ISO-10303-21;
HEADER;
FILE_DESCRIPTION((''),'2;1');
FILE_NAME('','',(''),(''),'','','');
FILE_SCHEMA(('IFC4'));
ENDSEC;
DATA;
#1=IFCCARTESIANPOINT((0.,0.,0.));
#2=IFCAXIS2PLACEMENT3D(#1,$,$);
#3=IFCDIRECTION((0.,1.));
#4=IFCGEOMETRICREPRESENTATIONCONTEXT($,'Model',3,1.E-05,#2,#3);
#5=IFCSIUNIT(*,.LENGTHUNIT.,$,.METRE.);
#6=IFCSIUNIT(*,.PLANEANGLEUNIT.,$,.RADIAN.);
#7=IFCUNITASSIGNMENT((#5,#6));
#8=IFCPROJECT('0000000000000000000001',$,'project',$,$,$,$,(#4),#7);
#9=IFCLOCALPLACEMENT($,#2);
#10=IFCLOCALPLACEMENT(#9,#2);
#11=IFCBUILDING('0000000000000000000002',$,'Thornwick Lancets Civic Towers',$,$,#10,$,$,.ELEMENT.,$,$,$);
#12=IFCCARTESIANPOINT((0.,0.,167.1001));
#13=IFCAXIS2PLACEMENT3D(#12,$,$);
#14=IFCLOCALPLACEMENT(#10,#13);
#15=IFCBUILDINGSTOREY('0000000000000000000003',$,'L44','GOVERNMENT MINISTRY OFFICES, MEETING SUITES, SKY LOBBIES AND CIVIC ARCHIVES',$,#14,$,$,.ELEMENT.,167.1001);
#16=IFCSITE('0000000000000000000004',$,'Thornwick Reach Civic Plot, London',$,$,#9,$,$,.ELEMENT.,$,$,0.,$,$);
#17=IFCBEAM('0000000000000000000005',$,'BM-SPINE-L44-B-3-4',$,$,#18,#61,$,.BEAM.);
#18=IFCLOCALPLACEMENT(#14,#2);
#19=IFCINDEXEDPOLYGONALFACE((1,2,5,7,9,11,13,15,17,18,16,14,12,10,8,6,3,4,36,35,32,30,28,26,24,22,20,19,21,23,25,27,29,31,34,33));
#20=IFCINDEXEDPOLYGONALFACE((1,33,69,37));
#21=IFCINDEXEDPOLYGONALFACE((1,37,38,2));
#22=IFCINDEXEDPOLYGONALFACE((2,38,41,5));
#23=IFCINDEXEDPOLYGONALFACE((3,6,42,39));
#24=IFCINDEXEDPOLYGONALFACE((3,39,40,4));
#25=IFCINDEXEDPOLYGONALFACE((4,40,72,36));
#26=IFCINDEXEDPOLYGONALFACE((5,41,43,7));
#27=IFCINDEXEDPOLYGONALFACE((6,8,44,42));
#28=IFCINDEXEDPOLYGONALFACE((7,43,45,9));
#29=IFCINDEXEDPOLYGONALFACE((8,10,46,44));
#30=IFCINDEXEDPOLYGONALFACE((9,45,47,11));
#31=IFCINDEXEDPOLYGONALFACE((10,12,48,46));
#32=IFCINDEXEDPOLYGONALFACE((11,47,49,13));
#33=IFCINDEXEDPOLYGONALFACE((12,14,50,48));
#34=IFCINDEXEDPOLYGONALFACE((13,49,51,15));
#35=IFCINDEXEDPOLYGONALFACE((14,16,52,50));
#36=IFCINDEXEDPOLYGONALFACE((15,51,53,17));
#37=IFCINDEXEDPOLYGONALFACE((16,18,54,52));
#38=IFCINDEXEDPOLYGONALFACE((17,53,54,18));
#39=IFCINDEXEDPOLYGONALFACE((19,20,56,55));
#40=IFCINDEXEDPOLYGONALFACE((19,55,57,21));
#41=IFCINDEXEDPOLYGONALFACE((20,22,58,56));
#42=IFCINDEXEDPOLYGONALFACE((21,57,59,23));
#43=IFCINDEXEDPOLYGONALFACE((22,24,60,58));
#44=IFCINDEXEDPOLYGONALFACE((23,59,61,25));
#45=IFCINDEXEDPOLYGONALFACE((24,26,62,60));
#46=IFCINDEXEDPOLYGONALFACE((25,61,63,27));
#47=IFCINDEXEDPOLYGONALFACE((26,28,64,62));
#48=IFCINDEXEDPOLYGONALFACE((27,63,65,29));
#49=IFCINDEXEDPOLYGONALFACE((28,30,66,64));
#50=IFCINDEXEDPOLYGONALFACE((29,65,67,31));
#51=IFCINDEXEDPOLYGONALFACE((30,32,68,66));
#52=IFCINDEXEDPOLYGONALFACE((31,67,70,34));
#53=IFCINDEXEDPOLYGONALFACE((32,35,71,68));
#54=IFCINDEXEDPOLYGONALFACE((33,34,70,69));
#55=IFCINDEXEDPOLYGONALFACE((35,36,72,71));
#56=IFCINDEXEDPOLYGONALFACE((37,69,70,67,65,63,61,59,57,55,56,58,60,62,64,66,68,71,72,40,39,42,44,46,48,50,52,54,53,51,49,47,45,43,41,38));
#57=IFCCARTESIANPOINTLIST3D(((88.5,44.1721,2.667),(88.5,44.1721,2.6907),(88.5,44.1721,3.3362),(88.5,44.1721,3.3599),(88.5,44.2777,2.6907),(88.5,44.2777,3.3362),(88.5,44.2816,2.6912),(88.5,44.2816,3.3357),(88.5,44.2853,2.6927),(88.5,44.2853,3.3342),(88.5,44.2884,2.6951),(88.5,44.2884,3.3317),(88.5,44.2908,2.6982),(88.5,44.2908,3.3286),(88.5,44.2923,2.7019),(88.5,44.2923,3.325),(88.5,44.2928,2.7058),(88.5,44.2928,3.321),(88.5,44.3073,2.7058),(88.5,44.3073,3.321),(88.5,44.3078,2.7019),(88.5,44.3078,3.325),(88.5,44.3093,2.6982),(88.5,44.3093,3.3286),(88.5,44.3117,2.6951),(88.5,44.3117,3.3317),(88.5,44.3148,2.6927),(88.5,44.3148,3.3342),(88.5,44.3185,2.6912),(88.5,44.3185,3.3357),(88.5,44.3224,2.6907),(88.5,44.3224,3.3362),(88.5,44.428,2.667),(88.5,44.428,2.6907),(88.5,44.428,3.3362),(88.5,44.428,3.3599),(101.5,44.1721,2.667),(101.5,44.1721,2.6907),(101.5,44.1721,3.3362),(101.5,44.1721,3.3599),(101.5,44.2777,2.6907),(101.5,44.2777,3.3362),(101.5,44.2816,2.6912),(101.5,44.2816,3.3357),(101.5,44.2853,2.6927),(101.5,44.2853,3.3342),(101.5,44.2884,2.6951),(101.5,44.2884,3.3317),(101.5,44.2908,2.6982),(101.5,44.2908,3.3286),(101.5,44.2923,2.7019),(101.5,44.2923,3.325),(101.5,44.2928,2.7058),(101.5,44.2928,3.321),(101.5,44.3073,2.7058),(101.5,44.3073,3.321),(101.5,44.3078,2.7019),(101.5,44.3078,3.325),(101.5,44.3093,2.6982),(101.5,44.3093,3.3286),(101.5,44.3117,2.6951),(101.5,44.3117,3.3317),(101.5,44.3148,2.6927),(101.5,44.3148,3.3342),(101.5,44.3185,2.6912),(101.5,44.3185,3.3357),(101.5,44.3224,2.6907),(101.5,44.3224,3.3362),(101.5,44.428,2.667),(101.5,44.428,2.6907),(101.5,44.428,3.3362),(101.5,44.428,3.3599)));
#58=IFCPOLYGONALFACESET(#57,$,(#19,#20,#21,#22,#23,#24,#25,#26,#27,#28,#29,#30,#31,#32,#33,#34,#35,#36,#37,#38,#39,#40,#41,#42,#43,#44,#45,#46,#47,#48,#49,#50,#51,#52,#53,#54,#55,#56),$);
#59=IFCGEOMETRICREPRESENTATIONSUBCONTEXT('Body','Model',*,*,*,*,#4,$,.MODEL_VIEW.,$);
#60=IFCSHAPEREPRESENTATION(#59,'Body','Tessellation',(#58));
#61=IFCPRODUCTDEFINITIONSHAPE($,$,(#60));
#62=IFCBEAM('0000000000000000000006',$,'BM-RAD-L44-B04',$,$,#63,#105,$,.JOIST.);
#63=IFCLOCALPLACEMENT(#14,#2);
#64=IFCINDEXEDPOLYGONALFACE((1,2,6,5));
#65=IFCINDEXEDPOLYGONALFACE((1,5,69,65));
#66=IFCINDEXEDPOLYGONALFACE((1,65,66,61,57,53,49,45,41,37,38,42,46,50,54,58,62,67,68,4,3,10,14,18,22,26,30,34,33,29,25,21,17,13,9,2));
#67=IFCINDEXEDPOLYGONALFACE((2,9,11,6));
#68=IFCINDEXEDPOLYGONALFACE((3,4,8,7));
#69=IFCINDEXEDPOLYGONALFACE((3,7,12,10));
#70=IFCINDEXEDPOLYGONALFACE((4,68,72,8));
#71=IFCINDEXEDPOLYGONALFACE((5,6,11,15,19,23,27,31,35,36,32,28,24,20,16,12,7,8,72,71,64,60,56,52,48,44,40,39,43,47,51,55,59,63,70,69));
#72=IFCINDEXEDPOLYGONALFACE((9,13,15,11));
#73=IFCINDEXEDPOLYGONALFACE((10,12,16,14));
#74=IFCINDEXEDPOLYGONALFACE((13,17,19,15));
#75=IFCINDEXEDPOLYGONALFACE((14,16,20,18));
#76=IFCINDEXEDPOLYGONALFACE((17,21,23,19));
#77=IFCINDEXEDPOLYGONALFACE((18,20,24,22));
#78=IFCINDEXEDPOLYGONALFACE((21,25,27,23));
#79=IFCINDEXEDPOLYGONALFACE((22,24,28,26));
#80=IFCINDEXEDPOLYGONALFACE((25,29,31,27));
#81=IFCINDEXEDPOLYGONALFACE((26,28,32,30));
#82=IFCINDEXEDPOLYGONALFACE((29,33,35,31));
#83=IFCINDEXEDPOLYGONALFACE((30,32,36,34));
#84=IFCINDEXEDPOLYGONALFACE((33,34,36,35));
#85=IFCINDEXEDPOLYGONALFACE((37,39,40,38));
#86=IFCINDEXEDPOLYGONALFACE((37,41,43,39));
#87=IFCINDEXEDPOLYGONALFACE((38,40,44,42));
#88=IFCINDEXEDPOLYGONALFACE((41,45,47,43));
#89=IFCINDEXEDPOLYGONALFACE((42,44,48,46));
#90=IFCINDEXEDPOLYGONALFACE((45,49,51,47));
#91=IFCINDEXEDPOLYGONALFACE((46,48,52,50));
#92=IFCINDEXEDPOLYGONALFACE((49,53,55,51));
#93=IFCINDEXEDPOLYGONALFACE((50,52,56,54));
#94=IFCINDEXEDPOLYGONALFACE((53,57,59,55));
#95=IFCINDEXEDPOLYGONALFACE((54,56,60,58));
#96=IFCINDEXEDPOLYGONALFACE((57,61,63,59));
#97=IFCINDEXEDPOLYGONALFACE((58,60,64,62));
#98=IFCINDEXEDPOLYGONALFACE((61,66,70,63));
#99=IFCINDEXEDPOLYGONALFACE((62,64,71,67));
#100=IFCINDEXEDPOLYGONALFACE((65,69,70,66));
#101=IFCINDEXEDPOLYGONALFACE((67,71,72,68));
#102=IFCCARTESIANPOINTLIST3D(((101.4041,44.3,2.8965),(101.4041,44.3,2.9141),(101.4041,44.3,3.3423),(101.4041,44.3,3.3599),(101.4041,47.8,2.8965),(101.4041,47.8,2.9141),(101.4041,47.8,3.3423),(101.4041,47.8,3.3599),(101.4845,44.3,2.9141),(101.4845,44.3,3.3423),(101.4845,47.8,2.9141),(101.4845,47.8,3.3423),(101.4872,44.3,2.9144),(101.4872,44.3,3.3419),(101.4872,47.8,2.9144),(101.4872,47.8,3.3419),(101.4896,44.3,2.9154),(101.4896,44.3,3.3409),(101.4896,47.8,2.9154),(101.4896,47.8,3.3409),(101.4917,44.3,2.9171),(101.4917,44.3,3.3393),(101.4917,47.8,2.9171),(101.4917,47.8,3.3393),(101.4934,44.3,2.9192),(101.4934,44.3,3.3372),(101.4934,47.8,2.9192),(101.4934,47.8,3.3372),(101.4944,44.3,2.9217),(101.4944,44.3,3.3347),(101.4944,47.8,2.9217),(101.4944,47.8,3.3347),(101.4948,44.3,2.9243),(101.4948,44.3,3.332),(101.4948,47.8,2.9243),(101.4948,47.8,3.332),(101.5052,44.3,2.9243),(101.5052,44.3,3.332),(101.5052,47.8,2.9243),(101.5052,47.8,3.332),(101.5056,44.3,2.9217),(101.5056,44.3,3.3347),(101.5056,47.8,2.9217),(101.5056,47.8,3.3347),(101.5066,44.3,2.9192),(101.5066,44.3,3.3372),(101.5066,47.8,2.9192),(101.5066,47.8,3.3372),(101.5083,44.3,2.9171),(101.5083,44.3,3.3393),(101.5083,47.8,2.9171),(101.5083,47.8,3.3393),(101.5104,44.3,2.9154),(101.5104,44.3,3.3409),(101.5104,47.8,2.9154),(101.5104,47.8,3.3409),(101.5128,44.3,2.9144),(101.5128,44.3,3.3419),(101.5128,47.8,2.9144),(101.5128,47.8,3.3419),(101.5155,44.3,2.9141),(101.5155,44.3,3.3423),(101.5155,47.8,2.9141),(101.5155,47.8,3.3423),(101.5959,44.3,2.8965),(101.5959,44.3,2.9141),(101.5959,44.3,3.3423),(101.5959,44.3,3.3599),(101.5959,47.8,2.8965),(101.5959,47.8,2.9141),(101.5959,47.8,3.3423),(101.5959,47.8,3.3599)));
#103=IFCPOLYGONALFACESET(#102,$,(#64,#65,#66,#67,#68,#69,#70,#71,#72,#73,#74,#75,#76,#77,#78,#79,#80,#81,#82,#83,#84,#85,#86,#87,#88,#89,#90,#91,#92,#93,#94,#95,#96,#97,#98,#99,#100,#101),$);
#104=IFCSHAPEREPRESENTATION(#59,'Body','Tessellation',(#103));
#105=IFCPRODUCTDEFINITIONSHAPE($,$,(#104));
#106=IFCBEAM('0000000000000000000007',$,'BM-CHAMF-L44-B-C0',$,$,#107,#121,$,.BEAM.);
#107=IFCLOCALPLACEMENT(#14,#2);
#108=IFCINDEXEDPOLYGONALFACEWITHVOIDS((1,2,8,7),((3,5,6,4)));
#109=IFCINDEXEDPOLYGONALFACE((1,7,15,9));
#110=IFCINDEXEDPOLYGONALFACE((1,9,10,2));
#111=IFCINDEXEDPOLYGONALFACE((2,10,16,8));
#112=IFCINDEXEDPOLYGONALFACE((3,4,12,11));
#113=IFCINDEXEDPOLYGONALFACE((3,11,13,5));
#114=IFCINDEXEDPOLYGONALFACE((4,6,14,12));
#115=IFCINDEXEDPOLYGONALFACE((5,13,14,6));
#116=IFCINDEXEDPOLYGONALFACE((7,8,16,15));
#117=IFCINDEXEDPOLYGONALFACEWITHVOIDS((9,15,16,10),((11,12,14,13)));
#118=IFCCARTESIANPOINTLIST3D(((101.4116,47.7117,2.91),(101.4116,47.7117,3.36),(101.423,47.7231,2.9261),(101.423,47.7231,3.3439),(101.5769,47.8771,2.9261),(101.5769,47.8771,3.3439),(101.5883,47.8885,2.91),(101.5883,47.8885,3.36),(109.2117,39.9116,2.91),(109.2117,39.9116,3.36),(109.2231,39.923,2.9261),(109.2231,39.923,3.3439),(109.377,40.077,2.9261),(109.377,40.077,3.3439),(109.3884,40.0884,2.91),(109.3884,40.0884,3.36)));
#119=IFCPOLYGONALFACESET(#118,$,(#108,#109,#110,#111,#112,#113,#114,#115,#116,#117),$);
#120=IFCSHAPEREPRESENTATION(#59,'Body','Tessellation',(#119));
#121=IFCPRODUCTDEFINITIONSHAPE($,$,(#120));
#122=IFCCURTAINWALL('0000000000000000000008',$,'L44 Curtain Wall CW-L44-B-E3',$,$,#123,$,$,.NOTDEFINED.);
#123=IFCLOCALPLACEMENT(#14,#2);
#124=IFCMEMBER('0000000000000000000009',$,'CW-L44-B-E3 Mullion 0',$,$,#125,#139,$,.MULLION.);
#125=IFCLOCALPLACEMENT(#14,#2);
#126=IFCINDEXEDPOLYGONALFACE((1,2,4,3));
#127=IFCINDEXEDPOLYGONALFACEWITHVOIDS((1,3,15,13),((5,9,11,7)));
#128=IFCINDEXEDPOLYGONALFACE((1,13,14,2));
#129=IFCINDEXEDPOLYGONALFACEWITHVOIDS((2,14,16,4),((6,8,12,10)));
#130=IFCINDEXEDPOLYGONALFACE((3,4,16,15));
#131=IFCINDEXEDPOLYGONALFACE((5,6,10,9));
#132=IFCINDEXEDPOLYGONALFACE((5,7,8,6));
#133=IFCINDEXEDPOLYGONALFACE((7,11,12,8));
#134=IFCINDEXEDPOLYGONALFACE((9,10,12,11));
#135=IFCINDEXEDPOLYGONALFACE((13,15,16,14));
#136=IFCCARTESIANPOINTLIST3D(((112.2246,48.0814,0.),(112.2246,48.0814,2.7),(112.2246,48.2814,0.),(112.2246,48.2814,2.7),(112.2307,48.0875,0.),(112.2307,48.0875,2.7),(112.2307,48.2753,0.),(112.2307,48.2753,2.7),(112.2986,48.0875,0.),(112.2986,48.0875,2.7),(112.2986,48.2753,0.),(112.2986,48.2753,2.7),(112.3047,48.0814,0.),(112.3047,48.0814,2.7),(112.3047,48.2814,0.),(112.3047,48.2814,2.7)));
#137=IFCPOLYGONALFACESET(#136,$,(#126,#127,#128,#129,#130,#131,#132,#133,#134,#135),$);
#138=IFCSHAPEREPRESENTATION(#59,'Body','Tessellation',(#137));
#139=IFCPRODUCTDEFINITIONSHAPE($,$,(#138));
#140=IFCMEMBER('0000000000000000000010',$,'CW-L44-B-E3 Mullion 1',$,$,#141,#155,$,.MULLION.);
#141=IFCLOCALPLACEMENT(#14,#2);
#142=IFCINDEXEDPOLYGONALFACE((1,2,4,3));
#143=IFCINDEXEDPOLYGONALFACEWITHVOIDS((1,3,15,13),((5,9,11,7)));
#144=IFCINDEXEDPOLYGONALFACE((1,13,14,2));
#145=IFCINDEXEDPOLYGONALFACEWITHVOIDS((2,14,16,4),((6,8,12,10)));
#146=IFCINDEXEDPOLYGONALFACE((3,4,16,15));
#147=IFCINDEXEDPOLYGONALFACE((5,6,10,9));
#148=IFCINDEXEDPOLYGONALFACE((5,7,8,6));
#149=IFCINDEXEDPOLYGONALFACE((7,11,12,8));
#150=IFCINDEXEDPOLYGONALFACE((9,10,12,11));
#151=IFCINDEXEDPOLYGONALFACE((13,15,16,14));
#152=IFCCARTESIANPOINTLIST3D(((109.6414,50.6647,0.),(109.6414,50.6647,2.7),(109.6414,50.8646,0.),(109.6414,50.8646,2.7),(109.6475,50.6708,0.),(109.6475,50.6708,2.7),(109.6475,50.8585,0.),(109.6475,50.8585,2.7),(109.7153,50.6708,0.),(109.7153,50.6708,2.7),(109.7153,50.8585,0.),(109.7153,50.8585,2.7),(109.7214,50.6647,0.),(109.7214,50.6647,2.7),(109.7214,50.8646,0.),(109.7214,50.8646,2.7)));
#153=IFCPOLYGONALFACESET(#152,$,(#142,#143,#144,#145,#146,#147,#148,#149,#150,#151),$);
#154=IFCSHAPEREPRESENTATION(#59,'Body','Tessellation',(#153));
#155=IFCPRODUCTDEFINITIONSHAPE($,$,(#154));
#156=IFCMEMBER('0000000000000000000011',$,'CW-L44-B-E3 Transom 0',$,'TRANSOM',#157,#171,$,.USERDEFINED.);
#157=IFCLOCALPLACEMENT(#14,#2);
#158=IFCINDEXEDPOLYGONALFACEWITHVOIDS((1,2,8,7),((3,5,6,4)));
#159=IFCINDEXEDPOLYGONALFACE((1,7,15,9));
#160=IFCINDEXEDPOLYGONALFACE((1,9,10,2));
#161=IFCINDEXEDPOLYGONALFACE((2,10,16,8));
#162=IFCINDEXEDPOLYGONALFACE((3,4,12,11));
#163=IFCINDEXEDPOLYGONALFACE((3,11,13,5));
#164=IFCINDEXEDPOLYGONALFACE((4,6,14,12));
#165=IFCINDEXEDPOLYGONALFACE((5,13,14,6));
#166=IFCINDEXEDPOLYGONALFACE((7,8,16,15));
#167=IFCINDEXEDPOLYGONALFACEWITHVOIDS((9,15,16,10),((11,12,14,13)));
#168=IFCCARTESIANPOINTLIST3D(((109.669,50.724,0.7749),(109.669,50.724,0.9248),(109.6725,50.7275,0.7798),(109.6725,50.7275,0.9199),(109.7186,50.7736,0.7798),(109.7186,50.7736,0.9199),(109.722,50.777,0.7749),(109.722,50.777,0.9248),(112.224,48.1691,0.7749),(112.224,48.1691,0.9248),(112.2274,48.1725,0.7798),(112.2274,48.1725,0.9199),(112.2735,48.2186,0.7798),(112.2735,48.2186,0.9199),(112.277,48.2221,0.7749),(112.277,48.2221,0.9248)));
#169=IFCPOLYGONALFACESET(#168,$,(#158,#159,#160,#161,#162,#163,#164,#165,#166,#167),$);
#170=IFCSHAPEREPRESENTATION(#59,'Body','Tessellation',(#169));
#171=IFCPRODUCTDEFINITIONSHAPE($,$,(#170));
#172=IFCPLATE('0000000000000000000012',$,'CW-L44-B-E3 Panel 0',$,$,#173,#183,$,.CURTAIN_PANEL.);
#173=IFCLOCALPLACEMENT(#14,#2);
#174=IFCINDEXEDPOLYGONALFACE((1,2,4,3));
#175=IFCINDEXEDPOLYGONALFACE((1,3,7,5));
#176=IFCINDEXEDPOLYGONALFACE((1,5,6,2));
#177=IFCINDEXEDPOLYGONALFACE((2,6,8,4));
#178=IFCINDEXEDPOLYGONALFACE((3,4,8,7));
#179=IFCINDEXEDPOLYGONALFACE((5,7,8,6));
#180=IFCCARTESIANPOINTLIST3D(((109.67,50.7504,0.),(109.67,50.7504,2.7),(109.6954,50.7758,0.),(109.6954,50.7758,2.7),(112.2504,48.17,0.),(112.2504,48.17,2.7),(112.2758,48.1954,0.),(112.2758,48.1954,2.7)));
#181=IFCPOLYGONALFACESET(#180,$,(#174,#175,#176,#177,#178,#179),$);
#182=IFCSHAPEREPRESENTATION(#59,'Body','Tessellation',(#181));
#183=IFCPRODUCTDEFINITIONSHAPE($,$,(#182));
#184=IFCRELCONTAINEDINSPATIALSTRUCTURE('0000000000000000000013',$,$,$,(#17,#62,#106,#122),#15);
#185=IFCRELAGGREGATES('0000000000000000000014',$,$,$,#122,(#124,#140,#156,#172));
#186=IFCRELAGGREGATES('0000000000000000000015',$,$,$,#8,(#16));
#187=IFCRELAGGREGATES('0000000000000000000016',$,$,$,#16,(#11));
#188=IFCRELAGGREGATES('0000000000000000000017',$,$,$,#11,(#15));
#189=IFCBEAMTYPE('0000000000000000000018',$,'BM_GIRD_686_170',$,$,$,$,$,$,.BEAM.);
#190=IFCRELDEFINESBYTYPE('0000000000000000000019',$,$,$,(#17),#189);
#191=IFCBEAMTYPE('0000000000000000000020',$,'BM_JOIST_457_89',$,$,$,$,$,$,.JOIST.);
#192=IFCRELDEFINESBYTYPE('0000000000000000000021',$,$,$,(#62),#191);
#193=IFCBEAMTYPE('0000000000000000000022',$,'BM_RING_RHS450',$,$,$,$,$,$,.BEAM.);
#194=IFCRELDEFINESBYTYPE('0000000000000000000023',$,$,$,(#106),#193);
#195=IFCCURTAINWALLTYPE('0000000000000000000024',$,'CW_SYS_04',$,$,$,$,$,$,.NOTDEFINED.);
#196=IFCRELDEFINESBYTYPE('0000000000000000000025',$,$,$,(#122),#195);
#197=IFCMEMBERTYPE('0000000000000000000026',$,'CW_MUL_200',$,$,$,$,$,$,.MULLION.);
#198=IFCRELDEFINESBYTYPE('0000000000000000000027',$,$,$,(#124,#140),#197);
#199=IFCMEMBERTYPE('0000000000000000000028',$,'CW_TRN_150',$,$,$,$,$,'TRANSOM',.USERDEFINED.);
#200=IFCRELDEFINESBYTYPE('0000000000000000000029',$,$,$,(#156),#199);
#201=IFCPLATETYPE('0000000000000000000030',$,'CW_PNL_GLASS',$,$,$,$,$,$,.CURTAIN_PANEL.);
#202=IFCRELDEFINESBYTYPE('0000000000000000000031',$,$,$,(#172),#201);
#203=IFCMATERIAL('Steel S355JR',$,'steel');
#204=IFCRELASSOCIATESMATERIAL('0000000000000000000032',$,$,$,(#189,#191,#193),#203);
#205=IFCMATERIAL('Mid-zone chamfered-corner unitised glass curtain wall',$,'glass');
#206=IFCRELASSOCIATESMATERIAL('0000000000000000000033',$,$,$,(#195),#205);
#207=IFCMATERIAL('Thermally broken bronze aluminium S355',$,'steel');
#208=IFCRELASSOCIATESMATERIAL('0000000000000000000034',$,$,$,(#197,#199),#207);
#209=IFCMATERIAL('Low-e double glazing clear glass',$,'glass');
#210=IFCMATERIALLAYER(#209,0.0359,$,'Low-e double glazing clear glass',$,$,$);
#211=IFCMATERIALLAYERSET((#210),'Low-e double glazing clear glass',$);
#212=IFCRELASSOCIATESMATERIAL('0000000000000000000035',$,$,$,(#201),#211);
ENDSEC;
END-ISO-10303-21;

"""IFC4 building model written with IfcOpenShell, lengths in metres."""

from ifc_helpers import new_model, si_unit, direction, frame, origin, origin_2d, place, context, subcontext, project, spatial, rectangle, hollow_rectangle, i_section, extrude, material, layer, layer_set, material_profile, profile_set, type_object, element, aggregate, save


model = new_model("IFC4")

# Units and contexts
model_context = context("Model", 3, precision=1e-05, world=origin(), true_north=direction((0.0, 1.0)))
body_context = subcontext(model_context, "Body", "Model", "MODEL_VIEW")
ifc_project = project(units=[si_unit("LENGTHUNIT", "METRE"), si_unit("PLANEANGLEUNIT", "RADIAN")], contexts=[model_context])

# Site, building, storey
site_placement = place(None, origin())
site = spatial("IfcSite", under=ifc_project, at=site_placement, Name="Thornwick Reach Civic Plot, London", CompositionType="ELEMENT", RefElevation=0.0)
building_placement = place(site_placement, origin())
building = spatial("IfcBuilding", under=site, at=building_placement, Name="Thornwick Lancets Civic Towers", CompositionType="ELEMENT")
storey_placement = place(building_placement, frame((0.0, 0.0, 167.1001)))
storey = spatial("IfcBuildingStorey", under=building, at=storey_placement, Name="L44", Description="GOVERNMENT MINISTRY OFFICES, MEETING SUITES, SKY LOBBIES AND CIVIC ARCHIVES", CompositionType="ELEMENT", Elevation=167.1001)

# Beams
ifc_material_1 = material(Name="Steel S355JR", Category="steel")
ifc_material_profile_1 = material_profile(ifc_material_1, i_section(OverallWidth=0.2559, OverallDepth=0.6929, WebThickness=0.0144, FlangeThickness=0.0237, FilletRadius=0.0151, at=origin_2d()), Name="UKB 686x254x170")
ifc_profile_set_1 = profile_set([ifc_material_profile_1], Name="Steel S355JR")
beam_type_1 = type_object("IfcBeamType", Name="BM_GIRD_686_170", PredefinedType="BEAM", material=ifc_profile_set_1)
beam_1_placement = place(storey_placement, frame((101.5, 44.3, 3.0134), z_axis=(-1.0, 0.0, 0.0), x_axis=(0.0, -1.0, 0.0)))
element("IfcBeam", 1, at=beam_1_placement, inside=storey, type_object=beam_type_1, Name="BM-SPINE-L44-B-3-4", PredefinedType="BEAM", context=body_context, shape_type="SweptSolid", body=[
    extrude(i_section(OverallWidth=0.2559, OverallDepth=0.6929, WebThickness=0.0144, FlangeThickness=0.0237, FilletRadius=0.0151, at=origin_2d()), origin(), (0.0, 0.0, 1.0), 13.0),
])
ifc_material_profile_2 = material_profile(ifc_material_1, i_section(OverallWidth=0.1919, OverallDepth=0.4634, WebThickness=0.0105, FlangeThickness=0.0176, FilletRadius=0.0103, at=origin_2d()), Name="UKB 457x191x89")
ifc_profile_set_2 = profile_set([ifc_material_profile_2], Name="Steel S355JR")
beam_type_2 = type_object("IfcBeamType", Name="BM_JOIST_457_89", PredefinedType="JOIST", material=ifc_profile_set_2)
beam_2_placement = place(storey_placement, frame((101.5, 44.3, 3.1282), z_axis=(0.0, 1.0, 0.0), x_axis=(-1.0, 0.0, 0.0)))
element("IfcBeam", 2, at=beam_2_placement, inside=storey, type_object=beam_type_2, Name="BM-RAD-L44-B04", PredefinedType="JOIST", context=body_context, shape_type="SweptSolid", body=[
    extrude(i_section(OverallWidth=0.1919, OverallDepth=0.4634, WebThickness=0.0105, FlangeThickness=0.0176, FilletRadius=0.0103, at=origin_2d()), origin(), (0.0, 0.0, 1.0), 3.5),
])
ifc_material_profile_3 = material_profile(ifc_material_1, hollow_rectangle(XDim=0.25, YDim=0.45, WallThickness=0.0161, at=origin_2d()), Name="RHS 450x250x16")
ifc_profile_set_3 = profile_set([ifc_material_profile_3], Name="Steel S355JR")
beam_type_3 = type_object("IfcBeamType", Name="BM_RING_RHS450", PredefinedType="BEAM", material=ifc_profile_set_3)
beam_3_placement = place(storey_placement, frame((109.3, 40.0, 3.135), z_axis=(-0.707107, 0.707107, 0.0), x_axis=(-0.707107, -0.707107, 0.0)))
element("IfcBeam", 3, at=beam_3_placement, inside=storey, type_object=beam_type_3, Name="BM-CHAMF-L44-B-C0", PredefinedType="BEAM", context=body_context, shape_type="SweptSolid", body=[
    extrude(hollow_rectangle(XDim=0.25, YDim=0.45, WallThickness=0.0161, at=origin_2d()), origin(), (0.0, 0.0, 1.0), 11.031),
])

# Curtain wall, members, plate
ifc_material_2 = material(Name="Mid-zone chamfered-corner unitised glass curtain wall", Category="glass")
curtain_wall_type = type_object("IfcCurtainWallType", Name="CW_SYS_04", PredefinedType="NOTDEFINED", material=ifc_material_2)
curtain_wall_placement = place(storey_placement, origin())
curtain_wall = element("IfcCurtainWall", 4, at=curtain_wall_placement, inside=storey, type_object=curtain_wall_type, Name="L44 Curtain Wall CW-L44-B-E3", PredefinedType="NOTDEFINED")
ifc_material_3 = material(Name="Thermally broken bronze aluminium S355", Category="steel")
ifc_material_profile_4 = material_profile(ifc_material_3, hollow_rectangle(XDim=0.0801, YDim=0.2, WallThickness=0.0061, at=origin_2d()), Name="RHS 200x80x6")
ifc_profile_set_4 = profile_set([ifc_material_profile_4], Name="Thermally broken bronze aluminium S355")
member_type_1 = type_object("IfcMemberType", Name="CW_MUL_200", PredefinedType="MULLION", material=ifc_profile_set_4)
member_1_placement = place(storey_placement, frame((112.2646, 48.1814, 0.0), z_axis=(0.0, 0.0, 1.0), x_axis=(1.0, 0.0, 0.0)))
member_1 = element("IfcMember", 5, at=member_1_placement, type_object=member_type_1, Name="CW-L44-B-E3 Mullion 0", PredefinedType="MULLION", context=body_context, shape_type="SweptSolid", body=[
    extrude(hollow_rectangle(XDim=0.0801, YDim=0.2, WallThickness=0.0061, at=origin_2d()), origin(), (0.0, 0.0, 1.0), 2.7),
])
member_2_placement = place(storey_placement, frame((109.6814, 50.7646, 0.0), z_axis=(0.0, 0.0, 1.0), x_axis=(1.0, 0.0, 0.0)))
member_2 = element("IfcMember", 6, at=member_2_placement, type_object=member_type_1, Name="CW-L44-B-E3 Mullion 1", PredefinedType="MULLION", context=body_context, shape_type="SweptSolid", body=[
    extrude(hollow_rectangle(XDim=0.0801, YDim=0.2, WallThickness=0.0061, at=origin_2d()), origin(), (0.0, 0.0, 1.0), 2.7),
])
ifc_material_profile_5 = material_profile(ifc_material_3, hollow_rectangle(XDim=0.075, YDim=0.1499, WallThickness=0.0049, at=origin_2d()), Name="RHS 150x75x5")
ifc_profile_set_5 = profile_set([ifc_material_profile_5], Name="Thermally broken bronze aluminium S355")
member_type_2 = type_object("IfcMemberType", Name="CW_TRN_150", ElementType="TRANSOM", PredefinedType="USERDEFINED", material=ifc_profile_set_5)
member_3_placement = place(storey_placement, frame((112.2505, 48.1956, 0.8499), z_axis=(-0.707107, 0.707107, 0.0), x_axis=(-0.707107, -0.707107, 0.0)))
member_3 = element("IfcMember", 7, at=member_3_placement, type_object=member_type_2, Name="CW-L44-B-E3 Transom 0", ObjectType="TRANSOM", PredefinedType="USERDEFINED", context=body_context, shape_type="SweptSolid", body=[
    extrude(hollow_rectangle(XDim=0.075, YDim=0.1499, WallThickness=0.0049, at=origin_2d()), origin(), (0.0, 0.0, 1.0), 3.6133),
])
ifc_material_4 = material(Name="Low-e double glazing clear glass", Category="glass")
ifc_layer_1 = layer(ifc_material_4, 0.0359, Name="Low-e double glazing clear glass")
ifc_layer_set_1 = layer_set([ifc_layer_1], Name="Low-e double glazing clear glass")
plate_type = type_object("IfcPlateType", Name="CW_PNL_GLASS", PredefinedType="CURTAIN_PANEL", material=ifc_layer_set_1)
plate_placement = place(storey_placement, frame((110.9729, 49.4729, 0.0), z_axis=(0.0, 0.0, 1.0), x_axis=(-0.707107, 0.707107, 0.0)))
plate = element("IfcPlate", 8, at=plate_placement, type_object=plate_type, Name="CW-L44-B-E3 Panel 0", PredefinedType="CURTAIN_PANEL", context=body_context, shape_type="SweptSolid", body=[
    extrude(rectangle(XDim=3.6492, YDim=0.0359, at=origin_2d()), origin(), (0.0, 0.0, 1.0), 2.7),
])
aggregate(curtain_wall, [member_1, member_2, member_3, plate])

save(model, "model.ifc")
